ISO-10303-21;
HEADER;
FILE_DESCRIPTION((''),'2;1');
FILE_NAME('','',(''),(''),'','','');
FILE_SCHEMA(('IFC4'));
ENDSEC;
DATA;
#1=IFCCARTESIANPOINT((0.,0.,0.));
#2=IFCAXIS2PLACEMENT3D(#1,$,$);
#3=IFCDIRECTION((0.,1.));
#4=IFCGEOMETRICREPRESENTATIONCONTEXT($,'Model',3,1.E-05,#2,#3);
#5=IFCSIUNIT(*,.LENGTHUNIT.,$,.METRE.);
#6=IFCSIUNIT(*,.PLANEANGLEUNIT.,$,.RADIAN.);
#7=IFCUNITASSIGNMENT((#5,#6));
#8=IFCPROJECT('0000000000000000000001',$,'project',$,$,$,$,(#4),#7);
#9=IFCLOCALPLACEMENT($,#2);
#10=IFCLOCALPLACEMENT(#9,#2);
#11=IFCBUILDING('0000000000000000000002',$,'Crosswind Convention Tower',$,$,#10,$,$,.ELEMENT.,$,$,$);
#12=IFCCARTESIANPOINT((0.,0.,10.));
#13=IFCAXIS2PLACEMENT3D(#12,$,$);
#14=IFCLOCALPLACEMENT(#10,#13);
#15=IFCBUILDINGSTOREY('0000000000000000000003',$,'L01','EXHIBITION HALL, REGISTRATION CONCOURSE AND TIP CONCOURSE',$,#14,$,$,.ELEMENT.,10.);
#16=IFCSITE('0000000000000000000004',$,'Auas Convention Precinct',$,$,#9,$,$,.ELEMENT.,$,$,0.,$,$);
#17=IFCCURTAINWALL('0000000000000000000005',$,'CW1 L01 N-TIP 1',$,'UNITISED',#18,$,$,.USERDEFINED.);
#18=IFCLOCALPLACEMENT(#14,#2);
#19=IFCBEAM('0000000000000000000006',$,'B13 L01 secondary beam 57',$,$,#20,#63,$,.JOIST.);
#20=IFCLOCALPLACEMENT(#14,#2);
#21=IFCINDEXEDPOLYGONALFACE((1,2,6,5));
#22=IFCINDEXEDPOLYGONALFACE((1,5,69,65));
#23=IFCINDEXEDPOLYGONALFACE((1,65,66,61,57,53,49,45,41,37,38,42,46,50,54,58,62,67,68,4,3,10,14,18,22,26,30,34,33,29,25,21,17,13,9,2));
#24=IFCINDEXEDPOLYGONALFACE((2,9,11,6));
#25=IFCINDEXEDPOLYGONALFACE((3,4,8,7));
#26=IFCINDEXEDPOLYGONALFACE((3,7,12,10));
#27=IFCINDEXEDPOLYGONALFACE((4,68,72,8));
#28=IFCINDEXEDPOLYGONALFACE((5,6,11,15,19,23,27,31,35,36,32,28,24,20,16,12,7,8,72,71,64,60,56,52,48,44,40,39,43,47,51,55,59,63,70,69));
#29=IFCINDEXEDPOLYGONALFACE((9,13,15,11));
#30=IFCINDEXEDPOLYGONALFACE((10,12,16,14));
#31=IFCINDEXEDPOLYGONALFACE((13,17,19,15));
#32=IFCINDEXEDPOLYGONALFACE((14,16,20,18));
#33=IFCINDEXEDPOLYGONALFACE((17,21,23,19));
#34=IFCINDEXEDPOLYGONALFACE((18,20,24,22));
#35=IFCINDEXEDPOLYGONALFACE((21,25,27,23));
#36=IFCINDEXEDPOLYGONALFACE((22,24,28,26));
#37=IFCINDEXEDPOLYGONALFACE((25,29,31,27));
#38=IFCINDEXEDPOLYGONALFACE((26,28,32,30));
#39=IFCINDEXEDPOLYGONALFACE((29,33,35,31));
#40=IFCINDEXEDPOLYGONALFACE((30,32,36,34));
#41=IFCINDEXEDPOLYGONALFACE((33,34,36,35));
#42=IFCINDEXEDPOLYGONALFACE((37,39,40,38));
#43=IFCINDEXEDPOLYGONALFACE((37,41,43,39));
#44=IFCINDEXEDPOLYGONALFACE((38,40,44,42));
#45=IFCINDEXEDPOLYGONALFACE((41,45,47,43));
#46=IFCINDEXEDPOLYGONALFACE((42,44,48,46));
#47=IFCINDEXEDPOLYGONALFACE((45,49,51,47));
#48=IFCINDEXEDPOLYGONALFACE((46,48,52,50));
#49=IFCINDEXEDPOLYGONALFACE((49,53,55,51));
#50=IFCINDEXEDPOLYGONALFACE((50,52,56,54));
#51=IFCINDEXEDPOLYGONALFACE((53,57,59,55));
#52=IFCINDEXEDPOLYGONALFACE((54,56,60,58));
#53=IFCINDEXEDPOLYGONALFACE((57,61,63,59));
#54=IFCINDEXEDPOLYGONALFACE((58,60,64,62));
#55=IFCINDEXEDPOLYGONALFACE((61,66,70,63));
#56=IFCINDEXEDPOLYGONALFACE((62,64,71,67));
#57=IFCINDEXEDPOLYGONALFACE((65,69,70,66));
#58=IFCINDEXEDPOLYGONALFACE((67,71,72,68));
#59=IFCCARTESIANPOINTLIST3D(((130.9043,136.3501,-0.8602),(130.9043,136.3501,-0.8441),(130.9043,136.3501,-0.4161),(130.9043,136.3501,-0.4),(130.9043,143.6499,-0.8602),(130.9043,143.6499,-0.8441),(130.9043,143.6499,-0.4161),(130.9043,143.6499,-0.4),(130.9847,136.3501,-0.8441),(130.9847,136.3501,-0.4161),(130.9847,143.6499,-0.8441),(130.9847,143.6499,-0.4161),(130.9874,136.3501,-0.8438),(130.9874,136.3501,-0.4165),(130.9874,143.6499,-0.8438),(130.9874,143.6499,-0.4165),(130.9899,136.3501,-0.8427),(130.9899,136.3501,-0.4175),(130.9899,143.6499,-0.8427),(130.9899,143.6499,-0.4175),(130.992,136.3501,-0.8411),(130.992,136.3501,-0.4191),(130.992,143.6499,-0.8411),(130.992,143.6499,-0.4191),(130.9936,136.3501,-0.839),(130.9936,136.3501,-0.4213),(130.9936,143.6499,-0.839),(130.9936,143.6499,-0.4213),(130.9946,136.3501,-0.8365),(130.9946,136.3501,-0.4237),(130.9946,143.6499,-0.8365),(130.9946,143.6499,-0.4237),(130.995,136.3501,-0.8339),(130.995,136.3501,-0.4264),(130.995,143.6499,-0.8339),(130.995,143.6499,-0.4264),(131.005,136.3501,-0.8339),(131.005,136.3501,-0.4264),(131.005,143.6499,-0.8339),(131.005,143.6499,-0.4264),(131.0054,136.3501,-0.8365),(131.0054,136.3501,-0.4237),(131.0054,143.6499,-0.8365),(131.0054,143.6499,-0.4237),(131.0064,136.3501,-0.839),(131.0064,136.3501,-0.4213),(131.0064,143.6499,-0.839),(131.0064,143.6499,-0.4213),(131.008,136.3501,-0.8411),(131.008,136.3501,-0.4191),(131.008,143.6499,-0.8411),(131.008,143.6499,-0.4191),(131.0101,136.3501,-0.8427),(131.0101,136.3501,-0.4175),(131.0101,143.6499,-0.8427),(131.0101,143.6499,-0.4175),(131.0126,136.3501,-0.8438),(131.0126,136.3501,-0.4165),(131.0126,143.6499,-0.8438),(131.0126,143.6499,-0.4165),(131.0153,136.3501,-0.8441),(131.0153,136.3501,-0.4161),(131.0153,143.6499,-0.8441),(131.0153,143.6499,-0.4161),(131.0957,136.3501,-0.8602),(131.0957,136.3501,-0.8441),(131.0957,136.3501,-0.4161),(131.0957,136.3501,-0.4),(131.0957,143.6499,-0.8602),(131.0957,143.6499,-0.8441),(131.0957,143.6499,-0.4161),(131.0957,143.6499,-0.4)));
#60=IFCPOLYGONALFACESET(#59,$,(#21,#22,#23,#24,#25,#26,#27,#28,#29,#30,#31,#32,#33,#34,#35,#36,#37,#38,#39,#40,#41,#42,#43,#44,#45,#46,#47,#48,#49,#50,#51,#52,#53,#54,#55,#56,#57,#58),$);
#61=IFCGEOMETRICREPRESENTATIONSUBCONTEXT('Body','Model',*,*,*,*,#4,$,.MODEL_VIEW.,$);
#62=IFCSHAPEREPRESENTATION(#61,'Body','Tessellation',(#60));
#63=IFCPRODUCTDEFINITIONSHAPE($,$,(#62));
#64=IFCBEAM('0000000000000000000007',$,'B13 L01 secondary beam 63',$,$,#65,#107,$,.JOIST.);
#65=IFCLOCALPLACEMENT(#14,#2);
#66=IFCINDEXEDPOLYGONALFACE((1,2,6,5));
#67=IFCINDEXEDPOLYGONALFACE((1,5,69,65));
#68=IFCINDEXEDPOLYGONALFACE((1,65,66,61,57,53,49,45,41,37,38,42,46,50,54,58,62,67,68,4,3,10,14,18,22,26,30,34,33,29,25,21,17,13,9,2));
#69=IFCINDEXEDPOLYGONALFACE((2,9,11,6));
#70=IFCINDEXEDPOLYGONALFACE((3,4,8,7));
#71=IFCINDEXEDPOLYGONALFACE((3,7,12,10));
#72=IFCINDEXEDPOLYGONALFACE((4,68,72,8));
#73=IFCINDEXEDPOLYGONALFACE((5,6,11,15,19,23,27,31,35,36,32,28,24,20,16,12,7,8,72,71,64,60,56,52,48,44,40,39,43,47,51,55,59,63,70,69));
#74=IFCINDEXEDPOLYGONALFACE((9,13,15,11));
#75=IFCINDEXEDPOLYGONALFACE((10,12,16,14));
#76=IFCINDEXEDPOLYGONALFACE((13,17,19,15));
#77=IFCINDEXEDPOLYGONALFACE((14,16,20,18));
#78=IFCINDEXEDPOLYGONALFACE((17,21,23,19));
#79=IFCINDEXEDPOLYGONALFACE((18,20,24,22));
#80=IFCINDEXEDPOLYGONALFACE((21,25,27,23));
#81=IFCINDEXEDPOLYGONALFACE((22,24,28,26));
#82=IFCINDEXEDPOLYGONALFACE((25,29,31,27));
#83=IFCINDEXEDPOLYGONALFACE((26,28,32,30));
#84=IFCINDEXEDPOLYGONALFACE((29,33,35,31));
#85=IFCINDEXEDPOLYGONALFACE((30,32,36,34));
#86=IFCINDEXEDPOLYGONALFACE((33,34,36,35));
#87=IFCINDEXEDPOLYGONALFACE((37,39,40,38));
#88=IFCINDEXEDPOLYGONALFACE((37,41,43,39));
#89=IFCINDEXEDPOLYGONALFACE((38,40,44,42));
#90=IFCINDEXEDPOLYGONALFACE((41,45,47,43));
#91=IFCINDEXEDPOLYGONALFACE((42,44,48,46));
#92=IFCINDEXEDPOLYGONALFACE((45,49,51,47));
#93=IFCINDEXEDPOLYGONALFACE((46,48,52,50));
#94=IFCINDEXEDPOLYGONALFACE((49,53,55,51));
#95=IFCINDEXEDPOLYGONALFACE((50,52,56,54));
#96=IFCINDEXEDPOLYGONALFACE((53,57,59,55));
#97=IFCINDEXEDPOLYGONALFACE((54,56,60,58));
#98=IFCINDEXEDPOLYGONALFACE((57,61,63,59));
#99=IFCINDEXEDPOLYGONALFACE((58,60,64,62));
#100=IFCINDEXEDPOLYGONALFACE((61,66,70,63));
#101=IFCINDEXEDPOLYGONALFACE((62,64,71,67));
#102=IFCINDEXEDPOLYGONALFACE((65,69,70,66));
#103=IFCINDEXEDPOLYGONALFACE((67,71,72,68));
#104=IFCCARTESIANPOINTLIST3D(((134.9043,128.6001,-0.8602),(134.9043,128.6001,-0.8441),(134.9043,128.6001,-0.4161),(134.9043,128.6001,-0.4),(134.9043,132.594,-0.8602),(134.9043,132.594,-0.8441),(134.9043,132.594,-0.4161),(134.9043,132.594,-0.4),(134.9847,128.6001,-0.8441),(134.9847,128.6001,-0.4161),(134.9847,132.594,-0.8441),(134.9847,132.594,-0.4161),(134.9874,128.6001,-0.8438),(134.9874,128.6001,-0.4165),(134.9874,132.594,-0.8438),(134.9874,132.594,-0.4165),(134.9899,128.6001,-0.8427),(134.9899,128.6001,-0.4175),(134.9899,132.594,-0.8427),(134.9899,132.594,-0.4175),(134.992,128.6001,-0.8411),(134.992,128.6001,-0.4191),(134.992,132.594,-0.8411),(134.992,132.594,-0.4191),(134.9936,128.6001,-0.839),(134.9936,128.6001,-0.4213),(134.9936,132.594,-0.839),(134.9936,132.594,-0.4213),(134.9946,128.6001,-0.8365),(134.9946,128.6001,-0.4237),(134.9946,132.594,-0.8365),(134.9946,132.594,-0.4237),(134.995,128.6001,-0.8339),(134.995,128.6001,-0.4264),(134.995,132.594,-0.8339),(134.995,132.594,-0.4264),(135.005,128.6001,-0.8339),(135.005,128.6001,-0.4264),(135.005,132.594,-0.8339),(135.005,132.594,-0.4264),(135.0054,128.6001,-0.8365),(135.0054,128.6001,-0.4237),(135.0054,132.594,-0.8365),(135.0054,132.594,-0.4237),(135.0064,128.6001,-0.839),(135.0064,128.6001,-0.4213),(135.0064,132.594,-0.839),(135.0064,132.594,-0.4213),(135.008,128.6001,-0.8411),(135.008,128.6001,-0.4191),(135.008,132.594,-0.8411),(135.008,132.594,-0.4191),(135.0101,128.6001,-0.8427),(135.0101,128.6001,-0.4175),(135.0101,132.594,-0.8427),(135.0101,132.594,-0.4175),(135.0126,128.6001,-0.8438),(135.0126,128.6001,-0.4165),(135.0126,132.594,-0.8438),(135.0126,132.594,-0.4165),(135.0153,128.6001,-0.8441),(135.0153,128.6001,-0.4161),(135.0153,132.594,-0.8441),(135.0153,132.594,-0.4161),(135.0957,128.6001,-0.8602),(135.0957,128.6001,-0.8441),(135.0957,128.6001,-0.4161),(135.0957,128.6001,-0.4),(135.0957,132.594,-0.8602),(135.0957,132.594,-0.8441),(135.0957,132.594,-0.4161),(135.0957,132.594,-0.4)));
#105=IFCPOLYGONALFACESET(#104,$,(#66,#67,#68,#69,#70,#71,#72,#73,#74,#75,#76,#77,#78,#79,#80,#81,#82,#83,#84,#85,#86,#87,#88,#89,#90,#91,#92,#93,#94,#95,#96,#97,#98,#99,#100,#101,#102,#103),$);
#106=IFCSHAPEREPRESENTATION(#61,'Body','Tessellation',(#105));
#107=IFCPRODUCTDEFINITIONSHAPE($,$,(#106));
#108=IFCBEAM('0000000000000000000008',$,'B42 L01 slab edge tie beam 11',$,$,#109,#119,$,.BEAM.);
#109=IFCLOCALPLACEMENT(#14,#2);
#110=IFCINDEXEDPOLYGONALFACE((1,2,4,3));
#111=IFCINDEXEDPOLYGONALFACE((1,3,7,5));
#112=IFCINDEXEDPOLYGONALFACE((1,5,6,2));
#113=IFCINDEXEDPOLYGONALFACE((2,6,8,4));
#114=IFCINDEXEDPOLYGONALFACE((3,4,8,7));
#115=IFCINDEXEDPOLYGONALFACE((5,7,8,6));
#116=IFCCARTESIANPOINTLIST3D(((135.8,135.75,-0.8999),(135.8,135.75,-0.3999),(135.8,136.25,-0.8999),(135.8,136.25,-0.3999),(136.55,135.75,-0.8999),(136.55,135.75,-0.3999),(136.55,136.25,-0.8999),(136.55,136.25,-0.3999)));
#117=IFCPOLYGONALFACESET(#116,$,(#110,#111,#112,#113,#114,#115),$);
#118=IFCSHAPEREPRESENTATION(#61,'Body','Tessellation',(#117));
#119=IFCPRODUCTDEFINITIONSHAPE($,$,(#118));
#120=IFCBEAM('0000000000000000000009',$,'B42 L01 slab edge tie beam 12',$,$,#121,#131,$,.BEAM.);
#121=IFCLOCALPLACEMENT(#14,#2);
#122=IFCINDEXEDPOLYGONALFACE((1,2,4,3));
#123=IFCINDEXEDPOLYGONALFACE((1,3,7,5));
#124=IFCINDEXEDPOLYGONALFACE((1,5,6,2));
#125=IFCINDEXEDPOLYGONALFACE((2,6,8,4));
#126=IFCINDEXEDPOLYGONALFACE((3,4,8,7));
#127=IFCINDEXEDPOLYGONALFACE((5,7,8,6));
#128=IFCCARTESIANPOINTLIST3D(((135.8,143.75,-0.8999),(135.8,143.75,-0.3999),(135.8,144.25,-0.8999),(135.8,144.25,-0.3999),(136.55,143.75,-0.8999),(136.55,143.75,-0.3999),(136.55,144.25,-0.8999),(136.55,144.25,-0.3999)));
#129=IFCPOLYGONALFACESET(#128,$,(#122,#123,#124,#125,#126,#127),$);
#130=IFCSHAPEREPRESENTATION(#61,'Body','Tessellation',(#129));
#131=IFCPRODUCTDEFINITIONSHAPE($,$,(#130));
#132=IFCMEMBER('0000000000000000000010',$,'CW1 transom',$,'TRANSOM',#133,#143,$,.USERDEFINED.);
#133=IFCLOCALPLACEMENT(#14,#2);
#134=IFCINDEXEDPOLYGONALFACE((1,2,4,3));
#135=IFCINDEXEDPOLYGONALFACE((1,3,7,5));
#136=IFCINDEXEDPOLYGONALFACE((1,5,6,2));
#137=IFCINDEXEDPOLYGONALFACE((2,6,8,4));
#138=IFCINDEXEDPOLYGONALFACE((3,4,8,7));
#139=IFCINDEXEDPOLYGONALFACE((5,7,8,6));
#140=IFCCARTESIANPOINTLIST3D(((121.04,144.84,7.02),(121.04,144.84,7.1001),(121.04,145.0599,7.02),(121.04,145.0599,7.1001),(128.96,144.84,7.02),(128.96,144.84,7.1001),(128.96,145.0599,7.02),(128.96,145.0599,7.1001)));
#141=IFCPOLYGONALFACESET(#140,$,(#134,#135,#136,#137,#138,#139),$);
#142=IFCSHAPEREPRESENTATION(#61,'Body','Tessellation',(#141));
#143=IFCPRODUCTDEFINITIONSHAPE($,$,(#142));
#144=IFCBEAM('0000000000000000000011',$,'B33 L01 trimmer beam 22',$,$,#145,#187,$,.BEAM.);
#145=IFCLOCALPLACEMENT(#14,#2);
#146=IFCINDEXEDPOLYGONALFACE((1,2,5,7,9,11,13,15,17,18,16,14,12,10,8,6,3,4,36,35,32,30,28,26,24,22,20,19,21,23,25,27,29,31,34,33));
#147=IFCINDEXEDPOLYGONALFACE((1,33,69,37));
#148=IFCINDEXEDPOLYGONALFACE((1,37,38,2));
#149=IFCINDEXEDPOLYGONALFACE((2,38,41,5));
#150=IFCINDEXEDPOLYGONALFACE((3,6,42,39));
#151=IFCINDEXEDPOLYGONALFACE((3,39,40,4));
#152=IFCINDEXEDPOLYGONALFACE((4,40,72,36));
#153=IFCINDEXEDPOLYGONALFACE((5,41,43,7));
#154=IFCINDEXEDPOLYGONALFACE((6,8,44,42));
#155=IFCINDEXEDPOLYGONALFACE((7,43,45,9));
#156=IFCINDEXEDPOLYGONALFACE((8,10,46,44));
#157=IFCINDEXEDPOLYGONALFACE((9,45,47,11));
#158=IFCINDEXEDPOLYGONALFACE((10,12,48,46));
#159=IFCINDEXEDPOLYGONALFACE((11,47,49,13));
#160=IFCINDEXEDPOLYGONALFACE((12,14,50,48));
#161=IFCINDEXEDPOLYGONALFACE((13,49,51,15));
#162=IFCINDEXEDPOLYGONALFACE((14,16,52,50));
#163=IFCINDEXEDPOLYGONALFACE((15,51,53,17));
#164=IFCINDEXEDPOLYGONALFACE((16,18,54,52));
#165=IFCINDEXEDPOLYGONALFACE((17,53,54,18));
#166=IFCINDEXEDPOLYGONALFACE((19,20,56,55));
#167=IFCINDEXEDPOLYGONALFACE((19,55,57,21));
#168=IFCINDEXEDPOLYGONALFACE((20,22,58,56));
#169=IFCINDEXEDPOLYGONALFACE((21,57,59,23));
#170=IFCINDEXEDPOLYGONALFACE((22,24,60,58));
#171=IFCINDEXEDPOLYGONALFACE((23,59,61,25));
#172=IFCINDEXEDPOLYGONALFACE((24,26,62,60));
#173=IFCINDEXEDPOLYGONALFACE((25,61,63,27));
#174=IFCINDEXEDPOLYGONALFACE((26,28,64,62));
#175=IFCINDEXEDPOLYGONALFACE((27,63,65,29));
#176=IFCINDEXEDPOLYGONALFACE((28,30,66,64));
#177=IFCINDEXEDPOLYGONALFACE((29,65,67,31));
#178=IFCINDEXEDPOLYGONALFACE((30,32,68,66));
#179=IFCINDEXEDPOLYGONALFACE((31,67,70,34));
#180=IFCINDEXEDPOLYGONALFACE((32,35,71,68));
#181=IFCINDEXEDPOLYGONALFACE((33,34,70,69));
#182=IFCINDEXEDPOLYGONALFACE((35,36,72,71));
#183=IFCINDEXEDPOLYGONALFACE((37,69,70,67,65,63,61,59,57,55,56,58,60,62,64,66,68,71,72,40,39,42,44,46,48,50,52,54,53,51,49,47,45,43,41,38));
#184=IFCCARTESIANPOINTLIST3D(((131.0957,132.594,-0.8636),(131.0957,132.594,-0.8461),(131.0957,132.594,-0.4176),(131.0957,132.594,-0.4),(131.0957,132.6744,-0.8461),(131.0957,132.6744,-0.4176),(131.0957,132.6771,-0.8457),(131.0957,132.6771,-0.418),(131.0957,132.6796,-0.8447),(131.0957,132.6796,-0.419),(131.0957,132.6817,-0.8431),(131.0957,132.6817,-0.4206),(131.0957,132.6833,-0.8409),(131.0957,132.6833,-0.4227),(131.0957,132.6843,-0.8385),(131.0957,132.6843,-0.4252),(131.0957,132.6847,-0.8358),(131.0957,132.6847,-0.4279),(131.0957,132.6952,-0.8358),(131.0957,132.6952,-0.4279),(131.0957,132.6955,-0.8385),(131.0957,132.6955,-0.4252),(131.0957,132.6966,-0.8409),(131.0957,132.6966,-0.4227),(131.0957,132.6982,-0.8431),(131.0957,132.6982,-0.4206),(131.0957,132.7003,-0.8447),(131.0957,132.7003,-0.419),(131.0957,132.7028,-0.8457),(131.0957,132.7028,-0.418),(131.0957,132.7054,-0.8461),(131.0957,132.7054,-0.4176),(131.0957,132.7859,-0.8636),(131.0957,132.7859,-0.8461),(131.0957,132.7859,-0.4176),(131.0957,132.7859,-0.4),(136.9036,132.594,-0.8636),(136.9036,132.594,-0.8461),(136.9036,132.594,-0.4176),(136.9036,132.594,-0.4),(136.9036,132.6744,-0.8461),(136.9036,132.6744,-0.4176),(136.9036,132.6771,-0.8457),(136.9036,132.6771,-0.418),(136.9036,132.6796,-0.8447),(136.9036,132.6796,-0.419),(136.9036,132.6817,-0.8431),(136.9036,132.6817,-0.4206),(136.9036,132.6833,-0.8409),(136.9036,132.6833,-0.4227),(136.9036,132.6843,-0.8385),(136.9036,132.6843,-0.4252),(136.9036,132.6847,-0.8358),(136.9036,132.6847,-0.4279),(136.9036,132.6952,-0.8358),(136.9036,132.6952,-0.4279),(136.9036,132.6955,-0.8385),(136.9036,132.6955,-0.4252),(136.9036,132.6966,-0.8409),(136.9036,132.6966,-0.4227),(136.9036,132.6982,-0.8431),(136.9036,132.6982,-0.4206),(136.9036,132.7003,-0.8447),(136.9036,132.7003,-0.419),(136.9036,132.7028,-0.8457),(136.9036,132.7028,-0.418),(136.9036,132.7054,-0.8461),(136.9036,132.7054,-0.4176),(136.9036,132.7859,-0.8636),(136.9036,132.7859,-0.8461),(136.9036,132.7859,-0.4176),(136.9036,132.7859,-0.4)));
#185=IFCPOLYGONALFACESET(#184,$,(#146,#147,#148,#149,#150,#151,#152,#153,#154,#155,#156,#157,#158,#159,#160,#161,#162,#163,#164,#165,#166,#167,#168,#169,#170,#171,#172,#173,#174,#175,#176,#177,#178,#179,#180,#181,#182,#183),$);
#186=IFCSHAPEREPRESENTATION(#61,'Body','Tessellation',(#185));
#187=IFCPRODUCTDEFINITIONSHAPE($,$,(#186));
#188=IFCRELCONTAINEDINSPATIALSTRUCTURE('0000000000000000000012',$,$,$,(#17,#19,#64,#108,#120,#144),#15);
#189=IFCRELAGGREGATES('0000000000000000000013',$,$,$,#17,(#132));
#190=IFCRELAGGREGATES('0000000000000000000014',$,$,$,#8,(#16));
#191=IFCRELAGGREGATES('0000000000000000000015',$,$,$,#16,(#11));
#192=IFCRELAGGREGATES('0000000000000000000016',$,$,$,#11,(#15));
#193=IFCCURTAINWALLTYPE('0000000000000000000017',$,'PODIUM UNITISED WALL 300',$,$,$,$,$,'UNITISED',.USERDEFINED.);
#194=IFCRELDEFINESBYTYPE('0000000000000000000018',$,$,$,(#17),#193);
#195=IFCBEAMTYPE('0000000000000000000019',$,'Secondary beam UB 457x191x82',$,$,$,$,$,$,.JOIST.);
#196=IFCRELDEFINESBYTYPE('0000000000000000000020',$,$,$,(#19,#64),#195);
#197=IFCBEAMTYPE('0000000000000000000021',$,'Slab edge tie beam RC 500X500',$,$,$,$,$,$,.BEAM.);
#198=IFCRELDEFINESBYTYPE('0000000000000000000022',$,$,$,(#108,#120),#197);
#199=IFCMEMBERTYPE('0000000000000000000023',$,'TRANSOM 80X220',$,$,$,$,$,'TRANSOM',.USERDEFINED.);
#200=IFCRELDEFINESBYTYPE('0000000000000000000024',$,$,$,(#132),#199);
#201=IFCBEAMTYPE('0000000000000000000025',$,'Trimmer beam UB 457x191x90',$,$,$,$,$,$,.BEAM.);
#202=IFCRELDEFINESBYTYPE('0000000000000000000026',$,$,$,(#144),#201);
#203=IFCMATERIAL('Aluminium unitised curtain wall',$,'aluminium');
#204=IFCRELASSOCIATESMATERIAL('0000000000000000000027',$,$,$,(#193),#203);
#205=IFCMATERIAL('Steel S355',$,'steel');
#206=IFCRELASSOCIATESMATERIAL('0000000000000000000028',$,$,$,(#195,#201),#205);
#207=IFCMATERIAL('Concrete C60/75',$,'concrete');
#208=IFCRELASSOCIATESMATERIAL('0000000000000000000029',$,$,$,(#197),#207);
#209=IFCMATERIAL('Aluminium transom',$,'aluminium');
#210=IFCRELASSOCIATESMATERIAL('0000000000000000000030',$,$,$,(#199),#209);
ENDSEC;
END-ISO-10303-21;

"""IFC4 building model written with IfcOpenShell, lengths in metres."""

from ifc_helpers import new_model, si_unit, direction, frame, origin, origin_2d, place, context, subcontext, project, spatial, rectangle, i_section, extrude, material, material_profile, profile_set, type_object, element, aggregate, save


model = new_model("IFC4")

# Units and contexts
model_context = context("Model", 3, precision=1e-05, world=origin(), true_north=direction((0.0, 1.0)))
body_context = subcontext(model_context, "Body", "Model", "MODEL_VIEW")
ifc_project = project(units=[si_unit("LENGTHUNIT", "METRE"), si_unit("PLANEANGLEUNIT", "RADIAN")], contexts=[model_context])

# Site, building, storey
site_placement = place(None, origin())
site = spatial("IfcSite", under=ifc_project, at=site_placement, Name="Auas Convention Precinct", CompositionType="ELEMENT", RefElevation=0.0)
building_placement = place(site_placement, origin())
building = spatial("IfcBuilding", under=site, at=building_placement, Name="Crosswind Convention Tower", CompositionType="ELEMENT")
storey_placement = place(building_placement, frame((0.0, 0.0, 10.0)))
storey = spatial("IfcBuildingStorey", under=building, at=storey_placement, Name="L01", Description="EXHIBITION HALL, REGISTRATION CONCOURSE AND TIP CONCOURSE", CompositionType="ELEMENT", Elevation=10.0)

# Shared definitions
ifc_material_1 = material(Name="Concrete C60/75", Category="concrete")

# Shared definitions
ifc_material_2 = material(Name="Steel S355", Category="steel")

# Curtain wall
ifc_material_3 = material(Name="Aluminium unitised curtain wall", Category="aluminium")
curtain_wall_type = type_object("IfcCurtainWallType", Name="PODIUM UNITISED WALL 300", ElementType="UNITISED", PredefinedType="USERDEFINED", material=ifc_material_3)
curtain_wall_placement = place(storey_placement, origin())
curtain_wall = element("IfcCurtainWall", 1, at=curtain_wall_placement, inside=storey, type_object=curtain_wall_type, Name="CW1 L01 N-TIP 1", ObjectType="UNITISED", PredefinedType="USERDEFINED")

# Beams
ifc_material_profile_1 = material_profile(ifc_material_2, i_section(OverallWidth=0.1914, OverallDepth=0.4602, WebThickness=0.01, FlangeThickness=0.0161, FilletRadius=0.0103, at=origin_2d()), Name="UB 457x191x82")
ifc_profile_set_1 = profile_set([ifc_material_profile_1], Name="Steel S355")
beam_type_1 = type_object("IfcBeamType", Name="Secondary beam UB 457x191x82", PredefinedType="JOIST", material=ifc_profile_set_1)
beam_1_placement = place(storey_placement, frame((131.0, 136.3501, -0.6301), z_axis=(0.0, 1.0, 0.0), x_axis=(-1.0, 0.0, 0.0)))
element("IfcBeam", 2, at=beam_1_placement, inside=storey, type_object=beam_type_1, Name="B13 L01 secondary beam 57", PredefinedType="JOIST", context=body_context, shape_type="SweptSolid", body=[
    extrude(i_section(OverallWidth=0.1914, OverallDepth=0.4602, WebThickness=0.01, FlangeThickness=0.0161, FilletRadius=0.0103, at=origin_2d()), origin(), (0.0, 0.0, 1.0), 7.2998),
])
beam_2_placement = place(storey_placement, frame((135.0, 128.6001, -0.6301), z_axis=(0.0, 1.0, 0.0), x_axis=(-1.0, 0.0, 0.0)))
element("IfcBeam", 3, at=beam_2_placement, inside=storey, type_object=beam_type_1, Name="B13 L01 secondary beam 63", PredefinedType="JOIST", context=body_context, shape_type="SweptSolid", body=[
    extrude(i_section(OverallWidth=0.1914, OverallDepth=0.4602, WebThickness=0.01, FlangeThickness=0.0161, FilletRadius=0.0103, at=origin_2d()), origin(), (0.0, 0.0, 1.0), 3.9939),
])
ifc_material_profile_2 = material_profile(ifc_material_1, rectangle(XDim=0.5, YDim=0.5, at=origin_2d()), Name="RC 500X500")
ifc_profile_set_2 = profile_set([ifc_material_profile_2], Name="Concrete C60/75")
beam_type_2 = type_object("IfcBeamType", Name="Slab edge tie beam RC 500X500", PredefinedType="BEAM", material=ifc_profile_set_2)
for number, where, z_axis, x_axis, name in (
    (4, (135.8, 136.0, -0.6499), (1.0, 0.0, 0.0), (0.0, 1.0, 0.0), "B42 L01 slab edge tie beam 11"),
    (5, (135.8, 144.0, -0.6499), (1.0, 0.0, 0.0), (0.0, 1.0, 0.0), "B42 L01 slab edge tie beam 12"),
):
    element("IfcBeam", number, at=place(storey_placement, frame(where, z_axis=z_axis, x_axis=x_axis)), inside=storey, type_object=beam_type_2, Name=name, PredefinedType="BEAM", context=body_context, shape_type="SweptSolid", body=[
        extrude(rectangle(XDim=0.5, YDim=0.5, at=origin_2d()), origin(), (0.0, 0.0, 1.0), 0.75),
    ])

# Member
ifc_material_4 = material(Name="Aluminium transom", Category="aluminium")
ifc_material_profile_3 = material_profile(ifc_material_4, rectangle(XDim=0.22, YDim=0.0801, at=origin_2d()), Name="AL 220X80")
ifc_profile_set_3 = profile_set([ifc_material_profile_3], Name="Aluminium transom")
member_type_1 = type_object("IfcMemberType", Name="TRANSOM 80X220", ElementType="TRANSOM", PredefinedType="USERDEFINED", material=ifc_profile_set_3)
member_1_placement = place(storey_placement, frame((128.96, 144.95, 7.0601), z_axis=(-1.0, 0.0, 0.0), x_axis=(0.0, -1.0, 0.0)))
member_1 = element("IfcMember", 6, at=member_1_placement, type_object=member_type_1, Name="CW1 transom", ObjectType="TRANSOM", PredefinedType="USERDEFINED", context=body_context, shape_type="SweptSolid", body=[
    extrude(rectangle(XDim=0.22, YDim=0.0801, at=origin_2d()), origin(), (0.0, 0.0, 1.0), 7.9199),
])

# Beam
ifc_material_profile_4 = material_profile(ifc_material_2, i_section(OverallWidth=0.1919, OverallDepth=0.4636, WebThickness=0.0105, FlangeThickness=0.0176, FilletRadius=0.0103, at=origin_2d()), Name="UB 457x191x90")
ifc_profile_set_4 = profile_set([ifc_material_profile_4], Name="Steel S355")
beam_type_3 = type_object("IfcBeamType", Name="Trimmer beam UB 457x191x90", PredefinedType="BEAM", material=ifc_profile_set_4)
beam_3_placement = place(storey_placement, frame((131.0957, 132.6899, -0.6318), z_axis=(1.0, 0.0, 0.0), x_axis=(0.0, 1.0, 0.0)))
element("IfcBeam", 7, at=beam_3_placement, inside=storey, type_object=beam_type_3, Name="B33 L01 trimmer beam 22", PredefinedType="BEAM", context=body_context, shape_type="SweptSolid", body=[
    extrude(i_section(OverallWidth=0.1919, OverallDepth=0.4636, WebThickness=0.0105, FlangeThickness=0.0176, FilletRadius=0.0103, at=origin_2d()), origin(), (0.0, 0.0, 1.0), 5.8079),
])

aggregate(curtain_wall, [member_1])

save(model, "model.ifc")
